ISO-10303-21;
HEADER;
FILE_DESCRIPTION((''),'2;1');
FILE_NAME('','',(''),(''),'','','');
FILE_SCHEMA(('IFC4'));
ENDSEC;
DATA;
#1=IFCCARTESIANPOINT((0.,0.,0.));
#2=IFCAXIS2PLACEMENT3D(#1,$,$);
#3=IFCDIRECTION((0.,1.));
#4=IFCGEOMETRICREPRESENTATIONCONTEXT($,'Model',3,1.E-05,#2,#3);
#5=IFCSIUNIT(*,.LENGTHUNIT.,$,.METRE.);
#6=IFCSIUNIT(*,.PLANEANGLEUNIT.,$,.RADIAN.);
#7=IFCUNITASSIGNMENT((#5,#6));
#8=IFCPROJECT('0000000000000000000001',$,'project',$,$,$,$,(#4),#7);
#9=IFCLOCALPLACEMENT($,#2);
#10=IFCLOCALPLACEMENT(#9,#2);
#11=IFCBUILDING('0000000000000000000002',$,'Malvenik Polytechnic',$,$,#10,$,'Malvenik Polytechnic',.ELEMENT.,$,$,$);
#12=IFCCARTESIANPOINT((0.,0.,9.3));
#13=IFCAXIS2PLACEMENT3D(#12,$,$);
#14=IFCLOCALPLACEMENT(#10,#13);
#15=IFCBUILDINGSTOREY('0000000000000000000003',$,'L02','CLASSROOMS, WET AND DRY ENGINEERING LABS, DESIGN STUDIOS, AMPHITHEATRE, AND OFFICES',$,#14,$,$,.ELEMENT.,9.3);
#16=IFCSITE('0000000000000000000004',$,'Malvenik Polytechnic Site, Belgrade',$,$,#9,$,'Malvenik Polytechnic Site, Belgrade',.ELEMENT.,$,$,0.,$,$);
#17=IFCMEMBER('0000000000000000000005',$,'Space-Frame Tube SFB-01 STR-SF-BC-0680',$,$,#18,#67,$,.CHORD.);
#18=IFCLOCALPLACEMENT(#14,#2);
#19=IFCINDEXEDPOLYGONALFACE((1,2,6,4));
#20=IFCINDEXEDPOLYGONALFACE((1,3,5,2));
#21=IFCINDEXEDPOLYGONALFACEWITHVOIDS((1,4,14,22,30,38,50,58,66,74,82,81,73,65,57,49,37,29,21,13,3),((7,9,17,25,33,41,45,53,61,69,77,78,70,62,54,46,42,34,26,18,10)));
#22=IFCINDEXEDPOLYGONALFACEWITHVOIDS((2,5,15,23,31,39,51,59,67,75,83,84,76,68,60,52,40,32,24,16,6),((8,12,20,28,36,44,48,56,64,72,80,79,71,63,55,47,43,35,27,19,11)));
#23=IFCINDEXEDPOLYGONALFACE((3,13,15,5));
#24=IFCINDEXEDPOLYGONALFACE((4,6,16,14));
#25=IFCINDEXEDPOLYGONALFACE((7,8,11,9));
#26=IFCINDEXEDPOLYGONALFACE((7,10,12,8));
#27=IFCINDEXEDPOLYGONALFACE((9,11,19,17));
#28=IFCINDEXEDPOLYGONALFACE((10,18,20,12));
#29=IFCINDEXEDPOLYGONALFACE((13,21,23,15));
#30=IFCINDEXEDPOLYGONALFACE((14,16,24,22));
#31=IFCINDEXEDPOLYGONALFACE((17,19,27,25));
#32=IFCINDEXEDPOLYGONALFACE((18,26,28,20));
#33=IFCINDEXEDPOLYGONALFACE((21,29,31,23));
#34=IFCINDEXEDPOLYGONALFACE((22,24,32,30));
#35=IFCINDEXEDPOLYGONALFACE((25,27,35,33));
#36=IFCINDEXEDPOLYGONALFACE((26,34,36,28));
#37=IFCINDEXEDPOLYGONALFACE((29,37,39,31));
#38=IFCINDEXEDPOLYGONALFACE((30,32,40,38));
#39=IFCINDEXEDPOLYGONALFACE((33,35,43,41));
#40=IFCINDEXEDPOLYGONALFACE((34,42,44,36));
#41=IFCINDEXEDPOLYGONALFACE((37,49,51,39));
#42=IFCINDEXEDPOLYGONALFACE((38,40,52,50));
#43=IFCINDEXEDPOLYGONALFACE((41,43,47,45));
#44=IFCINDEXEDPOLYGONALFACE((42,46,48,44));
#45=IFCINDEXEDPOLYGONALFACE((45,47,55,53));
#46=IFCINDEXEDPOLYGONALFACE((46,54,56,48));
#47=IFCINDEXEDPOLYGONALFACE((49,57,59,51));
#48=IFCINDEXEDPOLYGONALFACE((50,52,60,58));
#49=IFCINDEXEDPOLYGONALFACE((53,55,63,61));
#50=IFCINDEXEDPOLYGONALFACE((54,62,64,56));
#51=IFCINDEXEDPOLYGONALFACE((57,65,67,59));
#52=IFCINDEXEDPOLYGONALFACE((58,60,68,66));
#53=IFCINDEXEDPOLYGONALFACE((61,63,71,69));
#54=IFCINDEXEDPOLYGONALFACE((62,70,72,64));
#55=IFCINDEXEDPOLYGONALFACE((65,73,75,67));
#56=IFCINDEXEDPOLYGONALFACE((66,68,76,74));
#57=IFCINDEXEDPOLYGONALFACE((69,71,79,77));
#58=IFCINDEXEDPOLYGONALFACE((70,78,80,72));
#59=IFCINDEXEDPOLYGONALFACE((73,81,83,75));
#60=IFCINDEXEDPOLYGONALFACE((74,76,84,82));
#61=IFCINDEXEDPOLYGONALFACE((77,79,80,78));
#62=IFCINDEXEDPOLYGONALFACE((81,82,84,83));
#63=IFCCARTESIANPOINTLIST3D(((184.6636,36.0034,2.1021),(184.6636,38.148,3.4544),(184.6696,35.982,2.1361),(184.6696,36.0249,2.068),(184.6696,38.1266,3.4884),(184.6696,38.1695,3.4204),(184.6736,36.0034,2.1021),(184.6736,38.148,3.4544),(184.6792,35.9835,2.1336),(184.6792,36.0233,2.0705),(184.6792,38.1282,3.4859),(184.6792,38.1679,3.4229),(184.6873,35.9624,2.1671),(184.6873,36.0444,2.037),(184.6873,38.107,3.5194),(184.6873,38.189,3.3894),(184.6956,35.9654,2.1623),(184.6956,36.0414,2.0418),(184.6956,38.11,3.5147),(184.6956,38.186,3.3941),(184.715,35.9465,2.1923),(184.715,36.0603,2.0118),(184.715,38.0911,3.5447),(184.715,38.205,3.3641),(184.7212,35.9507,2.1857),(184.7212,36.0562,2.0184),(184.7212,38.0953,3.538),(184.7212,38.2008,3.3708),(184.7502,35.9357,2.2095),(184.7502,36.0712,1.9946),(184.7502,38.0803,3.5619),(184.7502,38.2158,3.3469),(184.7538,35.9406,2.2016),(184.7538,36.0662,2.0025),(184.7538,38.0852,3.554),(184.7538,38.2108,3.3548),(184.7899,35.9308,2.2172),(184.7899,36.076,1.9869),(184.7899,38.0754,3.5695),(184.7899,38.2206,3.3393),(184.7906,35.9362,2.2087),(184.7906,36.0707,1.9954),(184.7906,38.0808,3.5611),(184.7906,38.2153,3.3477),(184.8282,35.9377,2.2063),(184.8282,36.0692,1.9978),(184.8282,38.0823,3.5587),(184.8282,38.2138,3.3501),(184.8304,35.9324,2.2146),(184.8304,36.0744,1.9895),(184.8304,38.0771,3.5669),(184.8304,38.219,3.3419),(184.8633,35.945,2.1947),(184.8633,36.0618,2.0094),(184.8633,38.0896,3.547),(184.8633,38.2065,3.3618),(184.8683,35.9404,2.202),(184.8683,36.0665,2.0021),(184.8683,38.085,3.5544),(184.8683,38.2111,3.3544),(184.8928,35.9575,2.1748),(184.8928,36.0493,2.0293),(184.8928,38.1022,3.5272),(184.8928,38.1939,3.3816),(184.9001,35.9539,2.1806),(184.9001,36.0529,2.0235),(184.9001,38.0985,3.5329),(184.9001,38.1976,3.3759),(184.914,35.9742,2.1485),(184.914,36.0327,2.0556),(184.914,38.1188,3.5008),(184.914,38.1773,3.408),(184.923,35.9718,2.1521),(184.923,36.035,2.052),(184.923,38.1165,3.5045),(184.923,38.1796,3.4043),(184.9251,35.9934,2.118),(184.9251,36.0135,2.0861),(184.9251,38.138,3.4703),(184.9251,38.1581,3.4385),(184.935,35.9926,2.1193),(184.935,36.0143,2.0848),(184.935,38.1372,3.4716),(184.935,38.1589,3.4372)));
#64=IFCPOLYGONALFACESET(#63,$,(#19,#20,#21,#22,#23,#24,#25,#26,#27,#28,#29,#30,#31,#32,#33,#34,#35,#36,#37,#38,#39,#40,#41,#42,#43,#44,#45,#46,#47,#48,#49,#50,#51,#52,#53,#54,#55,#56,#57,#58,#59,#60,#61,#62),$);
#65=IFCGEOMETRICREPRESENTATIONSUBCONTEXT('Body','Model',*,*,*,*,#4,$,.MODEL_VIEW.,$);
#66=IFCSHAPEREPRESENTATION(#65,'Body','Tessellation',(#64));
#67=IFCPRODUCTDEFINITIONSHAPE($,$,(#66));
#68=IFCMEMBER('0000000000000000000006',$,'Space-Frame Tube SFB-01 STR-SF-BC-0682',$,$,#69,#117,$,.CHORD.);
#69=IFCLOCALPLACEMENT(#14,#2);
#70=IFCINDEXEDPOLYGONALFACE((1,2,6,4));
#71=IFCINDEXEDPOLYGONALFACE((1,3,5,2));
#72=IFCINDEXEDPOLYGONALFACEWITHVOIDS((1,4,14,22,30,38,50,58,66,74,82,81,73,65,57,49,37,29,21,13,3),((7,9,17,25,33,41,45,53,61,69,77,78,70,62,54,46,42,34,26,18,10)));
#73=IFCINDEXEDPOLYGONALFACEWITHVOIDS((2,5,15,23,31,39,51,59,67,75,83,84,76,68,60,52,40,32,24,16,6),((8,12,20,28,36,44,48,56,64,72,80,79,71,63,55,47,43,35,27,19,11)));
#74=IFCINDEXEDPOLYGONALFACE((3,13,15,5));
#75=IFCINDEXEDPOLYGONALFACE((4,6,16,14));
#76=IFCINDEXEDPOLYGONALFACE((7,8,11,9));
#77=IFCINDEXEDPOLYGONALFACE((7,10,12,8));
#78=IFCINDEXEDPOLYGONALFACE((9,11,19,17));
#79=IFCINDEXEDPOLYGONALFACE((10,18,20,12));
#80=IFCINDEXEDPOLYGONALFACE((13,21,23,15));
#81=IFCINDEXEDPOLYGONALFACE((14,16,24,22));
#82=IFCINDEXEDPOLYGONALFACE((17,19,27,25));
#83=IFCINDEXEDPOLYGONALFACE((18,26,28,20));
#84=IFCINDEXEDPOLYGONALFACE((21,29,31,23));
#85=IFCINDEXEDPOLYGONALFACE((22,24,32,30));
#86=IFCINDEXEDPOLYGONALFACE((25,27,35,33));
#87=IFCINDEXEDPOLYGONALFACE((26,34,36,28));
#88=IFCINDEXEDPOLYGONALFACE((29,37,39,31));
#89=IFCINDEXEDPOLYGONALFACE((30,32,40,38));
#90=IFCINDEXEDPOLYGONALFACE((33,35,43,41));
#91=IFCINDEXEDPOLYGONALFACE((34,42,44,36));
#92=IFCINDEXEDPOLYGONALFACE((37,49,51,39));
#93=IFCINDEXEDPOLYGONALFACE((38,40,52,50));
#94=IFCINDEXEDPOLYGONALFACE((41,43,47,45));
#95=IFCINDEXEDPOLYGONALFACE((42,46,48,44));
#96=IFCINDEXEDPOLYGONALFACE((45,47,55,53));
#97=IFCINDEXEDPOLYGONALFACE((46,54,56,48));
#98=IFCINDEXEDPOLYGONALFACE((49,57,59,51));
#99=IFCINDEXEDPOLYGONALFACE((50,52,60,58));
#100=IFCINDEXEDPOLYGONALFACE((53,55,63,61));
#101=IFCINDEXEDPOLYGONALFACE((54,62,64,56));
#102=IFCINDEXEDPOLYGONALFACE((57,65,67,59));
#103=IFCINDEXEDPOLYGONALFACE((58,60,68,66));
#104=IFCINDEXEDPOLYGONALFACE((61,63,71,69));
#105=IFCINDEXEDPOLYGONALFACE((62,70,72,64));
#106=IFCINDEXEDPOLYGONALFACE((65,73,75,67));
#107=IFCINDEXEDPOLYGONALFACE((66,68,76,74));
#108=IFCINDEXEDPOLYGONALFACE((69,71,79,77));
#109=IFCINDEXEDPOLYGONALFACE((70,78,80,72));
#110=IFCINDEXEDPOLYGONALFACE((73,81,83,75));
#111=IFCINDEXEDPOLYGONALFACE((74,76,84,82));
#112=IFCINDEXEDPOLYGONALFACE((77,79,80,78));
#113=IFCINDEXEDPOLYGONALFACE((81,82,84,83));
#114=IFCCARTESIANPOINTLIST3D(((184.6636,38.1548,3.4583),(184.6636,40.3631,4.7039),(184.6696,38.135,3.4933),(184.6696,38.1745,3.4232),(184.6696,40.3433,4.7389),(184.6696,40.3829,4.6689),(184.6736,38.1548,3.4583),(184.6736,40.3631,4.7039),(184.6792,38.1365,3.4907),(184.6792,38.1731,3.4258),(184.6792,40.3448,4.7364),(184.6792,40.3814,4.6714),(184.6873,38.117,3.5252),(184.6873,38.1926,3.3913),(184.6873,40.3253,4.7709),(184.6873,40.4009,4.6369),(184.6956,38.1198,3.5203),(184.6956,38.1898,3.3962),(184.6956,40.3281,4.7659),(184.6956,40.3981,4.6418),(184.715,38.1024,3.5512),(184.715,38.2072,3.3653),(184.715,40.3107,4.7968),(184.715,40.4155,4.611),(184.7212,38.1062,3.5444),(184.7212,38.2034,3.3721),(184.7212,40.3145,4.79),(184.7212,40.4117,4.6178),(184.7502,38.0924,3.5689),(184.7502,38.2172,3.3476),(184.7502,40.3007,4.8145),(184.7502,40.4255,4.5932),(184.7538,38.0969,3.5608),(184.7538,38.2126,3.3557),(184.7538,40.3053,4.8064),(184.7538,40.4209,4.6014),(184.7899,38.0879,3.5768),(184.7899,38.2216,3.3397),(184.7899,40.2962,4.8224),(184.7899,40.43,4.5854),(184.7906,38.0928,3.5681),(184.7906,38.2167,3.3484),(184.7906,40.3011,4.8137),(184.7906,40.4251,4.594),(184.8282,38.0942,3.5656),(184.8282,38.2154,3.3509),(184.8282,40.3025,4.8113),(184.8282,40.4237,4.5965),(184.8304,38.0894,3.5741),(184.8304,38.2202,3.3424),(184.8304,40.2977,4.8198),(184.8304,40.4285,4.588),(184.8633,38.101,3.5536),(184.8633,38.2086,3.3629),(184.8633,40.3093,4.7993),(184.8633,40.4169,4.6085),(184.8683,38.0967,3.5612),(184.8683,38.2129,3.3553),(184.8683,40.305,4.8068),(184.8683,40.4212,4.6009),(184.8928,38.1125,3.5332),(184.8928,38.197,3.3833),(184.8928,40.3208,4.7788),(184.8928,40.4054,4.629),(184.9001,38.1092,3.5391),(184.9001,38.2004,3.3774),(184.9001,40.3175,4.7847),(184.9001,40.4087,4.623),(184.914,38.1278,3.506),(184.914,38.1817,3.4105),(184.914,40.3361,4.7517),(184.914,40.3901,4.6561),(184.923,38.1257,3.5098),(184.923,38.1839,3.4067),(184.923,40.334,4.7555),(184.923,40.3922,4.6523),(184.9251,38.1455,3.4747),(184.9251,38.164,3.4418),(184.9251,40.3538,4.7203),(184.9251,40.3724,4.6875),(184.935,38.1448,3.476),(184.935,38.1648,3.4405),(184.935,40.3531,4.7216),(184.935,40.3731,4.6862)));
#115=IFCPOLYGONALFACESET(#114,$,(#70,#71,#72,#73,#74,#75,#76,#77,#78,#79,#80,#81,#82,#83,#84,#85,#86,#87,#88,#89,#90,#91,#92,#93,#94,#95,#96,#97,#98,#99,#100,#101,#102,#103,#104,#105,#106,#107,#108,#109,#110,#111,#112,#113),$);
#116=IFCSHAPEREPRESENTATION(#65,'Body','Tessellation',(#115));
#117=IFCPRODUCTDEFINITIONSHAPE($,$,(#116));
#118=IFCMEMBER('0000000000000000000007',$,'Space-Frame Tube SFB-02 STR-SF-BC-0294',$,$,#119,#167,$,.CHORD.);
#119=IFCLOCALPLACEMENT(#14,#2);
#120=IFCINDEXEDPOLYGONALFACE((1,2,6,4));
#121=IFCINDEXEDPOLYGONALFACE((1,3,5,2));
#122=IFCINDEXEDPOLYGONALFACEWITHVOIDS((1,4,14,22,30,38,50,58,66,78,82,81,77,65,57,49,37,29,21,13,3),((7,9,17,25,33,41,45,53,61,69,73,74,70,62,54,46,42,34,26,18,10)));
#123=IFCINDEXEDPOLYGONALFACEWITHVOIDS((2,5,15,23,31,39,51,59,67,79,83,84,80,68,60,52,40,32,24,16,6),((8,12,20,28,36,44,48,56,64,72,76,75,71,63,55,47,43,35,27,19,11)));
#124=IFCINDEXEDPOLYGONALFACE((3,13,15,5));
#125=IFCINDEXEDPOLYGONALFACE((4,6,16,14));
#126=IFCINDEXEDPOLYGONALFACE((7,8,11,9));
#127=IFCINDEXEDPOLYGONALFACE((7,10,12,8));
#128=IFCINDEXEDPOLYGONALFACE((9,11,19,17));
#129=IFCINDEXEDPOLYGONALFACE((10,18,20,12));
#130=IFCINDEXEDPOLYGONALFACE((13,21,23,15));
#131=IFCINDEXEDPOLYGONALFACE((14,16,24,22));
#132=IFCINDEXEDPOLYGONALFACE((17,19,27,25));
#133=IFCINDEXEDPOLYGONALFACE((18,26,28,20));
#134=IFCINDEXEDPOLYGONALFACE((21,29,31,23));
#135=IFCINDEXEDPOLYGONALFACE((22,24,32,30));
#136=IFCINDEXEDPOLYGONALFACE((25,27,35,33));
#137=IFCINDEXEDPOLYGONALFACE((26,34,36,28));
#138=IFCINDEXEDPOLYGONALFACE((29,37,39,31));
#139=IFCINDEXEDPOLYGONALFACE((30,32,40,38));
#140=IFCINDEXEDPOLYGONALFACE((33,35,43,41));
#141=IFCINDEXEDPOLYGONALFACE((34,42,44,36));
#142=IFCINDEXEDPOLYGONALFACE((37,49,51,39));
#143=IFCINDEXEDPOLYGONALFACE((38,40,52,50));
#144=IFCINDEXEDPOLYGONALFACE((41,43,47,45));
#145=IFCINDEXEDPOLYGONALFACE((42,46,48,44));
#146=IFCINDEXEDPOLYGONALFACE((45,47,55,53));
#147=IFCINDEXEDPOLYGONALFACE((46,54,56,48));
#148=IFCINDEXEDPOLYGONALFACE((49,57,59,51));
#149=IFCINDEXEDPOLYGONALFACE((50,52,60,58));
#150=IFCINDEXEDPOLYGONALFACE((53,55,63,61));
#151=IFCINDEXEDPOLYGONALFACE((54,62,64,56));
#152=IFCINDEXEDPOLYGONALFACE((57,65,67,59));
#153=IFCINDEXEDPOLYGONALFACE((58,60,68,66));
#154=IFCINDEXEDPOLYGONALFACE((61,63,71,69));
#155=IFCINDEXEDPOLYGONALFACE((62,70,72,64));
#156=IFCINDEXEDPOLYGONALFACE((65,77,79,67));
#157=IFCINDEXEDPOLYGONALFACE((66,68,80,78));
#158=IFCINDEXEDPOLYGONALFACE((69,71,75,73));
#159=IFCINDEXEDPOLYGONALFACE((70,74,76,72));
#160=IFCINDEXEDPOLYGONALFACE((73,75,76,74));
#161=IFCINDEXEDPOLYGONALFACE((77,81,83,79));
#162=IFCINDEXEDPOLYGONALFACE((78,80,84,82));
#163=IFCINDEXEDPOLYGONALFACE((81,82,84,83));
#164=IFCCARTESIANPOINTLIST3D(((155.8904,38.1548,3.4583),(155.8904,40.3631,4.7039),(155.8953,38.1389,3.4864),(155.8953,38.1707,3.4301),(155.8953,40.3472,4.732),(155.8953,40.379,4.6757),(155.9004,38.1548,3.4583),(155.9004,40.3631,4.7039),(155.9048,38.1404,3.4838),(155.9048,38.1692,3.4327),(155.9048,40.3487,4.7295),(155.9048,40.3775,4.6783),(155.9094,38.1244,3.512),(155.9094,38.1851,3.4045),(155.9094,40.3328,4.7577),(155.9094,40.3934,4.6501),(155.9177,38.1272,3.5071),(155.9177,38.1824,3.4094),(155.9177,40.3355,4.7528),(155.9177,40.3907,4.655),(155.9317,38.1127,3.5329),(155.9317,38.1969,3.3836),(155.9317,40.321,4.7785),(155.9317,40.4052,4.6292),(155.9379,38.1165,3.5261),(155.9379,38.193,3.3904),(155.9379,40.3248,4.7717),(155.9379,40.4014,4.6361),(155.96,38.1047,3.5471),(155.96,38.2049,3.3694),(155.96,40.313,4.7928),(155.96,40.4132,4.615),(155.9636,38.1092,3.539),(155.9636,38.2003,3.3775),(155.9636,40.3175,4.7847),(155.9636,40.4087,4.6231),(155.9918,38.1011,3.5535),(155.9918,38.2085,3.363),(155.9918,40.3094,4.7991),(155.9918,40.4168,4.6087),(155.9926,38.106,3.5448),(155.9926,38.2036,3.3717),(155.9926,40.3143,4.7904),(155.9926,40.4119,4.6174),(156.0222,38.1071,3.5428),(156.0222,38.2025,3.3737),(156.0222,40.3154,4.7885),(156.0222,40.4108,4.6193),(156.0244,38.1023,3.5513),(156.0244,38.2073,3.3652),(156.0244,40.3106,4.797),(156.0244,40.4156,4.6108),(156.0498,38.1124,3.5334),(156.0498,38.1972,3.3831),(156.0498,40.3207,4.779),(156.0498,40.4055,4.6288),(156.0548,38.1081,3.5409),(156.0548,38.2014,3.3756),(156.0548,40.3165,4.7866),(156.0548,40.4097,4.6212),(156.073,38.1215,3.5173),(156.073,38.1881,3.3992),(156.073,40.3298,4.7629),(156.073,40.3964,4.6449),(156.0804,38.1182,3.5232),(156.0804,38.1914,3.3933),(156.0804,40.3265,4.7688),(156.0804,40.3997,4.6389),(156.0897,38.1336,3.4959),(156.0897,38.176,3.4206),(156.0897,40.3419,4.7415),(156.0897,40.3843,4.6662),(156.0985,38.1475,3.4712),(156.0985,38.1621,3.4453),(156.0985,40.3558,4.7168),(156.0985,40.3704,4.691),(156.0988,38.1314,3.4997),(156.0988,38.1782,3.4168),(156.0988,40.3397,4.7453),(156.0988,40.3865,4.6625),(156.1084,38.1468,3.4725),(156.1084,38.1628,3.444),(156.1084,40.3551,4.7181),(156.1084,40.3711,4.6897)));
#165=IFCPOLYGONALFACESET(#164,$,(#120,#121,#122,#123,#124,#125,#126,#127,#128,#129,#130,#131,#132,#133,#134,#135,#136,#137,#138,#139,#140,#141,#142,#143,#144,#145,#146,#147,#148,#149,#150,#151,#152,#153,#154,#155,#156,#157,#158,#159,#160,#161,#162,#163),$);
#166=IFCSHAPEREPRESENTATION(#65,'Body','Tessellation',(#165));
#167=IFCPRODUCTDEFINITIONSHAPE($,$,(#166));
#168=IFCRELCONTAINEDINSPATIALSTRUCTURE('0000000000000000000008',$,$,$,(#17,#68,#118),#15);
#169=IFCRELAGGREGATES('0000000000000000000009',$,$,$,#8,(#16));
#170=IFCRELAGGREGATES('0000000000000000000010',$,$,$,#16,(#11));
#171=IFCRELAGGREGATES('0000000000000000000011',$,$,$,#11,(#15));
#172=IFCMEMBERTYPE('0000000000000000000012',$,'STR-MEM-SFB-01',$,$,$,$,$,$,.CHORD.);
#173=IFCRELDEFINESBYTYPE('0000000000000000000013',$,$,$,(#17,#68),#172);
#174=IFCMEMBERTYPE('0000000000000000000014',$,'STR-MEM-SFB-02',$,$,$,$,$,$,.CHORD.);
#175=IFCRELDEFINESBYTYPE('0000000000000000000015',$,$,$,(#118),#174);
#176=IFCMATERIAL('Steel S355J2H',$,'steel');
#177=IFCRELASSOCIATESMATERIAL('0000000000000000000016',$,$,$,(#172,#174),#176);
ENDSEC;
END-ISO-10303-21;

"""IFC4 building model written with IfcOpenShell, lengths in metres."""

from ifc_helpers import new_model, si_unit, direction, frame, origin, origin_2d, place, context, subcontext, project, spatial, hollow_circle, extrude, material, material_profile, profile_set, type_object, element, save


model = new_model("IFC4")

# Units and contexts
model_context = context("Model", 3, precision=1e-05, world=origin(), true_north=direction((0.0, 1.0)))
body_context = subcontext(model_context, "Body", "Model", "MODEL_VIEW")
ifc_project = project(units=[si_unit("LENGTHUNIT", "METRE"), si_unit("PLANEANGLEUNIT", "RADIAN")], contexts=[model_context])

# Site, building, storey
site_placement = place(None, origin())
site = spatial("IfcSite", under=ifc_project, at=site_placement, Name="Malvenik Polytechnic Site, Belgrade", LongName="Malvenik Polytechnic Site, Belgrade", CompositionType="ELEMENT", RefElevation=0.0)
building_placement = place(site_placement, origin())
building = spatial("IfcBuilding", under=site, at=building_placement, Name="Malvenik Polytechnic", LongName="Malvenik Polytechnic", CompositionType="ELEMENT")
storey_placement = place(building_placement, frame((0.0, 0.0, 9.3)))
storey = spatial("IfcBuildingStorey", under=building, at=storey_placement, Name="L02", Description="CLASSROOMS, WET AND DRY ENGINEERING LABS, DESIGN STUDIOS, AMPHITHEATRE, AND OFFICES", CompositionType="ELEMENT", Elevation=9.3)

# Members
ifc_material_1 = material(Name="Steel S355J2H", Category="steel")
ifc_material_profile_1 = material_profile(ifc_material_1, hollow_circle(Radius=0.1365, WallThickness=0.01, at=origin_2d()), Name="CHS 273.0x10.0")
ifc_profile_set_1 = profile_set([ifc_material_profile_1], Name="Steel S355J2H")
member_type_1 = type_object("IfcMemberType", Name="STR-MEM-SFB-01", PredefinedType="CHORD", material=ifc_profile_set_1)
for number, where, z_axis, x_axis, name in (
    (1, (184.8, 36.0034, 2.1021), (0.0, 0.845871, 0.533388), (-1.0, 0.0, 0.0), "Space-Frame Tube SFB-01 STR-SF-BC-0680"),
    (2, (184.8, 38.1548, 3.4583), (0.0, 0.870991, 0.491299), (-1.0, 0.0, 0.0), "Space-Frame Tube SFB-01 STR-SF-BC-0682"),
):
    element("IfcMember", number, at=place(storey_placement, frame(where, z_axis=z_axis, x_axis=x_axis)), inside=storey, type_object=member_type_1, Name=name, PredefinedType="CHORD", context=body_context, shape_type="SweptSolid", body=[
        extrude(hollow_circle(Radius=0.1365, WallThickness=0.01, at=origin_2d()), origin(), (0.0, 0.0, 1.0), 2.5354),
    ])
ifc_material_profile_2 = material_profile(ifc_material_1, hollow_circle(Radius=0.1096, WallThickness=0.01, at=origin_2d()), Name="CHS 219.1x10.0")
ifc_profile_set_2 = profile_set([ifc_material_profile_2], Name="Steel S355J2H")
member_type_2 = type_object("IfcMemberType", Name="STR-MEM-SFB-02", PredefinedType="CHORD", material=ifc_profile_set_2)
for number, where, z_axis, x_axis, name in (
    (3, (156.0, 38.1548, 3.4583), (0.0, 0.870991, 0.491299), (-1.0, 0.0, 0.0), "Space-Frame Tube SFB-02 STR-SF-BC-0294"),
):
    element("IfcMember", number, at=place(storey_placement, frame(where, z_axis=z_axis, x_axis=x_axis)), inside=storey, type_object=member_type_2, Name=name, PredefinedType="CHORD", context=body_context, shape_type="SweptSolid", body=[
        extrude(hollow_circle(Radius=0.1096, WallThickness=0.01, at=origin_2d()), origin(), (0.0, 0.0, 1.0), 2.5354),
    ])

save(model, "model.ifc")
